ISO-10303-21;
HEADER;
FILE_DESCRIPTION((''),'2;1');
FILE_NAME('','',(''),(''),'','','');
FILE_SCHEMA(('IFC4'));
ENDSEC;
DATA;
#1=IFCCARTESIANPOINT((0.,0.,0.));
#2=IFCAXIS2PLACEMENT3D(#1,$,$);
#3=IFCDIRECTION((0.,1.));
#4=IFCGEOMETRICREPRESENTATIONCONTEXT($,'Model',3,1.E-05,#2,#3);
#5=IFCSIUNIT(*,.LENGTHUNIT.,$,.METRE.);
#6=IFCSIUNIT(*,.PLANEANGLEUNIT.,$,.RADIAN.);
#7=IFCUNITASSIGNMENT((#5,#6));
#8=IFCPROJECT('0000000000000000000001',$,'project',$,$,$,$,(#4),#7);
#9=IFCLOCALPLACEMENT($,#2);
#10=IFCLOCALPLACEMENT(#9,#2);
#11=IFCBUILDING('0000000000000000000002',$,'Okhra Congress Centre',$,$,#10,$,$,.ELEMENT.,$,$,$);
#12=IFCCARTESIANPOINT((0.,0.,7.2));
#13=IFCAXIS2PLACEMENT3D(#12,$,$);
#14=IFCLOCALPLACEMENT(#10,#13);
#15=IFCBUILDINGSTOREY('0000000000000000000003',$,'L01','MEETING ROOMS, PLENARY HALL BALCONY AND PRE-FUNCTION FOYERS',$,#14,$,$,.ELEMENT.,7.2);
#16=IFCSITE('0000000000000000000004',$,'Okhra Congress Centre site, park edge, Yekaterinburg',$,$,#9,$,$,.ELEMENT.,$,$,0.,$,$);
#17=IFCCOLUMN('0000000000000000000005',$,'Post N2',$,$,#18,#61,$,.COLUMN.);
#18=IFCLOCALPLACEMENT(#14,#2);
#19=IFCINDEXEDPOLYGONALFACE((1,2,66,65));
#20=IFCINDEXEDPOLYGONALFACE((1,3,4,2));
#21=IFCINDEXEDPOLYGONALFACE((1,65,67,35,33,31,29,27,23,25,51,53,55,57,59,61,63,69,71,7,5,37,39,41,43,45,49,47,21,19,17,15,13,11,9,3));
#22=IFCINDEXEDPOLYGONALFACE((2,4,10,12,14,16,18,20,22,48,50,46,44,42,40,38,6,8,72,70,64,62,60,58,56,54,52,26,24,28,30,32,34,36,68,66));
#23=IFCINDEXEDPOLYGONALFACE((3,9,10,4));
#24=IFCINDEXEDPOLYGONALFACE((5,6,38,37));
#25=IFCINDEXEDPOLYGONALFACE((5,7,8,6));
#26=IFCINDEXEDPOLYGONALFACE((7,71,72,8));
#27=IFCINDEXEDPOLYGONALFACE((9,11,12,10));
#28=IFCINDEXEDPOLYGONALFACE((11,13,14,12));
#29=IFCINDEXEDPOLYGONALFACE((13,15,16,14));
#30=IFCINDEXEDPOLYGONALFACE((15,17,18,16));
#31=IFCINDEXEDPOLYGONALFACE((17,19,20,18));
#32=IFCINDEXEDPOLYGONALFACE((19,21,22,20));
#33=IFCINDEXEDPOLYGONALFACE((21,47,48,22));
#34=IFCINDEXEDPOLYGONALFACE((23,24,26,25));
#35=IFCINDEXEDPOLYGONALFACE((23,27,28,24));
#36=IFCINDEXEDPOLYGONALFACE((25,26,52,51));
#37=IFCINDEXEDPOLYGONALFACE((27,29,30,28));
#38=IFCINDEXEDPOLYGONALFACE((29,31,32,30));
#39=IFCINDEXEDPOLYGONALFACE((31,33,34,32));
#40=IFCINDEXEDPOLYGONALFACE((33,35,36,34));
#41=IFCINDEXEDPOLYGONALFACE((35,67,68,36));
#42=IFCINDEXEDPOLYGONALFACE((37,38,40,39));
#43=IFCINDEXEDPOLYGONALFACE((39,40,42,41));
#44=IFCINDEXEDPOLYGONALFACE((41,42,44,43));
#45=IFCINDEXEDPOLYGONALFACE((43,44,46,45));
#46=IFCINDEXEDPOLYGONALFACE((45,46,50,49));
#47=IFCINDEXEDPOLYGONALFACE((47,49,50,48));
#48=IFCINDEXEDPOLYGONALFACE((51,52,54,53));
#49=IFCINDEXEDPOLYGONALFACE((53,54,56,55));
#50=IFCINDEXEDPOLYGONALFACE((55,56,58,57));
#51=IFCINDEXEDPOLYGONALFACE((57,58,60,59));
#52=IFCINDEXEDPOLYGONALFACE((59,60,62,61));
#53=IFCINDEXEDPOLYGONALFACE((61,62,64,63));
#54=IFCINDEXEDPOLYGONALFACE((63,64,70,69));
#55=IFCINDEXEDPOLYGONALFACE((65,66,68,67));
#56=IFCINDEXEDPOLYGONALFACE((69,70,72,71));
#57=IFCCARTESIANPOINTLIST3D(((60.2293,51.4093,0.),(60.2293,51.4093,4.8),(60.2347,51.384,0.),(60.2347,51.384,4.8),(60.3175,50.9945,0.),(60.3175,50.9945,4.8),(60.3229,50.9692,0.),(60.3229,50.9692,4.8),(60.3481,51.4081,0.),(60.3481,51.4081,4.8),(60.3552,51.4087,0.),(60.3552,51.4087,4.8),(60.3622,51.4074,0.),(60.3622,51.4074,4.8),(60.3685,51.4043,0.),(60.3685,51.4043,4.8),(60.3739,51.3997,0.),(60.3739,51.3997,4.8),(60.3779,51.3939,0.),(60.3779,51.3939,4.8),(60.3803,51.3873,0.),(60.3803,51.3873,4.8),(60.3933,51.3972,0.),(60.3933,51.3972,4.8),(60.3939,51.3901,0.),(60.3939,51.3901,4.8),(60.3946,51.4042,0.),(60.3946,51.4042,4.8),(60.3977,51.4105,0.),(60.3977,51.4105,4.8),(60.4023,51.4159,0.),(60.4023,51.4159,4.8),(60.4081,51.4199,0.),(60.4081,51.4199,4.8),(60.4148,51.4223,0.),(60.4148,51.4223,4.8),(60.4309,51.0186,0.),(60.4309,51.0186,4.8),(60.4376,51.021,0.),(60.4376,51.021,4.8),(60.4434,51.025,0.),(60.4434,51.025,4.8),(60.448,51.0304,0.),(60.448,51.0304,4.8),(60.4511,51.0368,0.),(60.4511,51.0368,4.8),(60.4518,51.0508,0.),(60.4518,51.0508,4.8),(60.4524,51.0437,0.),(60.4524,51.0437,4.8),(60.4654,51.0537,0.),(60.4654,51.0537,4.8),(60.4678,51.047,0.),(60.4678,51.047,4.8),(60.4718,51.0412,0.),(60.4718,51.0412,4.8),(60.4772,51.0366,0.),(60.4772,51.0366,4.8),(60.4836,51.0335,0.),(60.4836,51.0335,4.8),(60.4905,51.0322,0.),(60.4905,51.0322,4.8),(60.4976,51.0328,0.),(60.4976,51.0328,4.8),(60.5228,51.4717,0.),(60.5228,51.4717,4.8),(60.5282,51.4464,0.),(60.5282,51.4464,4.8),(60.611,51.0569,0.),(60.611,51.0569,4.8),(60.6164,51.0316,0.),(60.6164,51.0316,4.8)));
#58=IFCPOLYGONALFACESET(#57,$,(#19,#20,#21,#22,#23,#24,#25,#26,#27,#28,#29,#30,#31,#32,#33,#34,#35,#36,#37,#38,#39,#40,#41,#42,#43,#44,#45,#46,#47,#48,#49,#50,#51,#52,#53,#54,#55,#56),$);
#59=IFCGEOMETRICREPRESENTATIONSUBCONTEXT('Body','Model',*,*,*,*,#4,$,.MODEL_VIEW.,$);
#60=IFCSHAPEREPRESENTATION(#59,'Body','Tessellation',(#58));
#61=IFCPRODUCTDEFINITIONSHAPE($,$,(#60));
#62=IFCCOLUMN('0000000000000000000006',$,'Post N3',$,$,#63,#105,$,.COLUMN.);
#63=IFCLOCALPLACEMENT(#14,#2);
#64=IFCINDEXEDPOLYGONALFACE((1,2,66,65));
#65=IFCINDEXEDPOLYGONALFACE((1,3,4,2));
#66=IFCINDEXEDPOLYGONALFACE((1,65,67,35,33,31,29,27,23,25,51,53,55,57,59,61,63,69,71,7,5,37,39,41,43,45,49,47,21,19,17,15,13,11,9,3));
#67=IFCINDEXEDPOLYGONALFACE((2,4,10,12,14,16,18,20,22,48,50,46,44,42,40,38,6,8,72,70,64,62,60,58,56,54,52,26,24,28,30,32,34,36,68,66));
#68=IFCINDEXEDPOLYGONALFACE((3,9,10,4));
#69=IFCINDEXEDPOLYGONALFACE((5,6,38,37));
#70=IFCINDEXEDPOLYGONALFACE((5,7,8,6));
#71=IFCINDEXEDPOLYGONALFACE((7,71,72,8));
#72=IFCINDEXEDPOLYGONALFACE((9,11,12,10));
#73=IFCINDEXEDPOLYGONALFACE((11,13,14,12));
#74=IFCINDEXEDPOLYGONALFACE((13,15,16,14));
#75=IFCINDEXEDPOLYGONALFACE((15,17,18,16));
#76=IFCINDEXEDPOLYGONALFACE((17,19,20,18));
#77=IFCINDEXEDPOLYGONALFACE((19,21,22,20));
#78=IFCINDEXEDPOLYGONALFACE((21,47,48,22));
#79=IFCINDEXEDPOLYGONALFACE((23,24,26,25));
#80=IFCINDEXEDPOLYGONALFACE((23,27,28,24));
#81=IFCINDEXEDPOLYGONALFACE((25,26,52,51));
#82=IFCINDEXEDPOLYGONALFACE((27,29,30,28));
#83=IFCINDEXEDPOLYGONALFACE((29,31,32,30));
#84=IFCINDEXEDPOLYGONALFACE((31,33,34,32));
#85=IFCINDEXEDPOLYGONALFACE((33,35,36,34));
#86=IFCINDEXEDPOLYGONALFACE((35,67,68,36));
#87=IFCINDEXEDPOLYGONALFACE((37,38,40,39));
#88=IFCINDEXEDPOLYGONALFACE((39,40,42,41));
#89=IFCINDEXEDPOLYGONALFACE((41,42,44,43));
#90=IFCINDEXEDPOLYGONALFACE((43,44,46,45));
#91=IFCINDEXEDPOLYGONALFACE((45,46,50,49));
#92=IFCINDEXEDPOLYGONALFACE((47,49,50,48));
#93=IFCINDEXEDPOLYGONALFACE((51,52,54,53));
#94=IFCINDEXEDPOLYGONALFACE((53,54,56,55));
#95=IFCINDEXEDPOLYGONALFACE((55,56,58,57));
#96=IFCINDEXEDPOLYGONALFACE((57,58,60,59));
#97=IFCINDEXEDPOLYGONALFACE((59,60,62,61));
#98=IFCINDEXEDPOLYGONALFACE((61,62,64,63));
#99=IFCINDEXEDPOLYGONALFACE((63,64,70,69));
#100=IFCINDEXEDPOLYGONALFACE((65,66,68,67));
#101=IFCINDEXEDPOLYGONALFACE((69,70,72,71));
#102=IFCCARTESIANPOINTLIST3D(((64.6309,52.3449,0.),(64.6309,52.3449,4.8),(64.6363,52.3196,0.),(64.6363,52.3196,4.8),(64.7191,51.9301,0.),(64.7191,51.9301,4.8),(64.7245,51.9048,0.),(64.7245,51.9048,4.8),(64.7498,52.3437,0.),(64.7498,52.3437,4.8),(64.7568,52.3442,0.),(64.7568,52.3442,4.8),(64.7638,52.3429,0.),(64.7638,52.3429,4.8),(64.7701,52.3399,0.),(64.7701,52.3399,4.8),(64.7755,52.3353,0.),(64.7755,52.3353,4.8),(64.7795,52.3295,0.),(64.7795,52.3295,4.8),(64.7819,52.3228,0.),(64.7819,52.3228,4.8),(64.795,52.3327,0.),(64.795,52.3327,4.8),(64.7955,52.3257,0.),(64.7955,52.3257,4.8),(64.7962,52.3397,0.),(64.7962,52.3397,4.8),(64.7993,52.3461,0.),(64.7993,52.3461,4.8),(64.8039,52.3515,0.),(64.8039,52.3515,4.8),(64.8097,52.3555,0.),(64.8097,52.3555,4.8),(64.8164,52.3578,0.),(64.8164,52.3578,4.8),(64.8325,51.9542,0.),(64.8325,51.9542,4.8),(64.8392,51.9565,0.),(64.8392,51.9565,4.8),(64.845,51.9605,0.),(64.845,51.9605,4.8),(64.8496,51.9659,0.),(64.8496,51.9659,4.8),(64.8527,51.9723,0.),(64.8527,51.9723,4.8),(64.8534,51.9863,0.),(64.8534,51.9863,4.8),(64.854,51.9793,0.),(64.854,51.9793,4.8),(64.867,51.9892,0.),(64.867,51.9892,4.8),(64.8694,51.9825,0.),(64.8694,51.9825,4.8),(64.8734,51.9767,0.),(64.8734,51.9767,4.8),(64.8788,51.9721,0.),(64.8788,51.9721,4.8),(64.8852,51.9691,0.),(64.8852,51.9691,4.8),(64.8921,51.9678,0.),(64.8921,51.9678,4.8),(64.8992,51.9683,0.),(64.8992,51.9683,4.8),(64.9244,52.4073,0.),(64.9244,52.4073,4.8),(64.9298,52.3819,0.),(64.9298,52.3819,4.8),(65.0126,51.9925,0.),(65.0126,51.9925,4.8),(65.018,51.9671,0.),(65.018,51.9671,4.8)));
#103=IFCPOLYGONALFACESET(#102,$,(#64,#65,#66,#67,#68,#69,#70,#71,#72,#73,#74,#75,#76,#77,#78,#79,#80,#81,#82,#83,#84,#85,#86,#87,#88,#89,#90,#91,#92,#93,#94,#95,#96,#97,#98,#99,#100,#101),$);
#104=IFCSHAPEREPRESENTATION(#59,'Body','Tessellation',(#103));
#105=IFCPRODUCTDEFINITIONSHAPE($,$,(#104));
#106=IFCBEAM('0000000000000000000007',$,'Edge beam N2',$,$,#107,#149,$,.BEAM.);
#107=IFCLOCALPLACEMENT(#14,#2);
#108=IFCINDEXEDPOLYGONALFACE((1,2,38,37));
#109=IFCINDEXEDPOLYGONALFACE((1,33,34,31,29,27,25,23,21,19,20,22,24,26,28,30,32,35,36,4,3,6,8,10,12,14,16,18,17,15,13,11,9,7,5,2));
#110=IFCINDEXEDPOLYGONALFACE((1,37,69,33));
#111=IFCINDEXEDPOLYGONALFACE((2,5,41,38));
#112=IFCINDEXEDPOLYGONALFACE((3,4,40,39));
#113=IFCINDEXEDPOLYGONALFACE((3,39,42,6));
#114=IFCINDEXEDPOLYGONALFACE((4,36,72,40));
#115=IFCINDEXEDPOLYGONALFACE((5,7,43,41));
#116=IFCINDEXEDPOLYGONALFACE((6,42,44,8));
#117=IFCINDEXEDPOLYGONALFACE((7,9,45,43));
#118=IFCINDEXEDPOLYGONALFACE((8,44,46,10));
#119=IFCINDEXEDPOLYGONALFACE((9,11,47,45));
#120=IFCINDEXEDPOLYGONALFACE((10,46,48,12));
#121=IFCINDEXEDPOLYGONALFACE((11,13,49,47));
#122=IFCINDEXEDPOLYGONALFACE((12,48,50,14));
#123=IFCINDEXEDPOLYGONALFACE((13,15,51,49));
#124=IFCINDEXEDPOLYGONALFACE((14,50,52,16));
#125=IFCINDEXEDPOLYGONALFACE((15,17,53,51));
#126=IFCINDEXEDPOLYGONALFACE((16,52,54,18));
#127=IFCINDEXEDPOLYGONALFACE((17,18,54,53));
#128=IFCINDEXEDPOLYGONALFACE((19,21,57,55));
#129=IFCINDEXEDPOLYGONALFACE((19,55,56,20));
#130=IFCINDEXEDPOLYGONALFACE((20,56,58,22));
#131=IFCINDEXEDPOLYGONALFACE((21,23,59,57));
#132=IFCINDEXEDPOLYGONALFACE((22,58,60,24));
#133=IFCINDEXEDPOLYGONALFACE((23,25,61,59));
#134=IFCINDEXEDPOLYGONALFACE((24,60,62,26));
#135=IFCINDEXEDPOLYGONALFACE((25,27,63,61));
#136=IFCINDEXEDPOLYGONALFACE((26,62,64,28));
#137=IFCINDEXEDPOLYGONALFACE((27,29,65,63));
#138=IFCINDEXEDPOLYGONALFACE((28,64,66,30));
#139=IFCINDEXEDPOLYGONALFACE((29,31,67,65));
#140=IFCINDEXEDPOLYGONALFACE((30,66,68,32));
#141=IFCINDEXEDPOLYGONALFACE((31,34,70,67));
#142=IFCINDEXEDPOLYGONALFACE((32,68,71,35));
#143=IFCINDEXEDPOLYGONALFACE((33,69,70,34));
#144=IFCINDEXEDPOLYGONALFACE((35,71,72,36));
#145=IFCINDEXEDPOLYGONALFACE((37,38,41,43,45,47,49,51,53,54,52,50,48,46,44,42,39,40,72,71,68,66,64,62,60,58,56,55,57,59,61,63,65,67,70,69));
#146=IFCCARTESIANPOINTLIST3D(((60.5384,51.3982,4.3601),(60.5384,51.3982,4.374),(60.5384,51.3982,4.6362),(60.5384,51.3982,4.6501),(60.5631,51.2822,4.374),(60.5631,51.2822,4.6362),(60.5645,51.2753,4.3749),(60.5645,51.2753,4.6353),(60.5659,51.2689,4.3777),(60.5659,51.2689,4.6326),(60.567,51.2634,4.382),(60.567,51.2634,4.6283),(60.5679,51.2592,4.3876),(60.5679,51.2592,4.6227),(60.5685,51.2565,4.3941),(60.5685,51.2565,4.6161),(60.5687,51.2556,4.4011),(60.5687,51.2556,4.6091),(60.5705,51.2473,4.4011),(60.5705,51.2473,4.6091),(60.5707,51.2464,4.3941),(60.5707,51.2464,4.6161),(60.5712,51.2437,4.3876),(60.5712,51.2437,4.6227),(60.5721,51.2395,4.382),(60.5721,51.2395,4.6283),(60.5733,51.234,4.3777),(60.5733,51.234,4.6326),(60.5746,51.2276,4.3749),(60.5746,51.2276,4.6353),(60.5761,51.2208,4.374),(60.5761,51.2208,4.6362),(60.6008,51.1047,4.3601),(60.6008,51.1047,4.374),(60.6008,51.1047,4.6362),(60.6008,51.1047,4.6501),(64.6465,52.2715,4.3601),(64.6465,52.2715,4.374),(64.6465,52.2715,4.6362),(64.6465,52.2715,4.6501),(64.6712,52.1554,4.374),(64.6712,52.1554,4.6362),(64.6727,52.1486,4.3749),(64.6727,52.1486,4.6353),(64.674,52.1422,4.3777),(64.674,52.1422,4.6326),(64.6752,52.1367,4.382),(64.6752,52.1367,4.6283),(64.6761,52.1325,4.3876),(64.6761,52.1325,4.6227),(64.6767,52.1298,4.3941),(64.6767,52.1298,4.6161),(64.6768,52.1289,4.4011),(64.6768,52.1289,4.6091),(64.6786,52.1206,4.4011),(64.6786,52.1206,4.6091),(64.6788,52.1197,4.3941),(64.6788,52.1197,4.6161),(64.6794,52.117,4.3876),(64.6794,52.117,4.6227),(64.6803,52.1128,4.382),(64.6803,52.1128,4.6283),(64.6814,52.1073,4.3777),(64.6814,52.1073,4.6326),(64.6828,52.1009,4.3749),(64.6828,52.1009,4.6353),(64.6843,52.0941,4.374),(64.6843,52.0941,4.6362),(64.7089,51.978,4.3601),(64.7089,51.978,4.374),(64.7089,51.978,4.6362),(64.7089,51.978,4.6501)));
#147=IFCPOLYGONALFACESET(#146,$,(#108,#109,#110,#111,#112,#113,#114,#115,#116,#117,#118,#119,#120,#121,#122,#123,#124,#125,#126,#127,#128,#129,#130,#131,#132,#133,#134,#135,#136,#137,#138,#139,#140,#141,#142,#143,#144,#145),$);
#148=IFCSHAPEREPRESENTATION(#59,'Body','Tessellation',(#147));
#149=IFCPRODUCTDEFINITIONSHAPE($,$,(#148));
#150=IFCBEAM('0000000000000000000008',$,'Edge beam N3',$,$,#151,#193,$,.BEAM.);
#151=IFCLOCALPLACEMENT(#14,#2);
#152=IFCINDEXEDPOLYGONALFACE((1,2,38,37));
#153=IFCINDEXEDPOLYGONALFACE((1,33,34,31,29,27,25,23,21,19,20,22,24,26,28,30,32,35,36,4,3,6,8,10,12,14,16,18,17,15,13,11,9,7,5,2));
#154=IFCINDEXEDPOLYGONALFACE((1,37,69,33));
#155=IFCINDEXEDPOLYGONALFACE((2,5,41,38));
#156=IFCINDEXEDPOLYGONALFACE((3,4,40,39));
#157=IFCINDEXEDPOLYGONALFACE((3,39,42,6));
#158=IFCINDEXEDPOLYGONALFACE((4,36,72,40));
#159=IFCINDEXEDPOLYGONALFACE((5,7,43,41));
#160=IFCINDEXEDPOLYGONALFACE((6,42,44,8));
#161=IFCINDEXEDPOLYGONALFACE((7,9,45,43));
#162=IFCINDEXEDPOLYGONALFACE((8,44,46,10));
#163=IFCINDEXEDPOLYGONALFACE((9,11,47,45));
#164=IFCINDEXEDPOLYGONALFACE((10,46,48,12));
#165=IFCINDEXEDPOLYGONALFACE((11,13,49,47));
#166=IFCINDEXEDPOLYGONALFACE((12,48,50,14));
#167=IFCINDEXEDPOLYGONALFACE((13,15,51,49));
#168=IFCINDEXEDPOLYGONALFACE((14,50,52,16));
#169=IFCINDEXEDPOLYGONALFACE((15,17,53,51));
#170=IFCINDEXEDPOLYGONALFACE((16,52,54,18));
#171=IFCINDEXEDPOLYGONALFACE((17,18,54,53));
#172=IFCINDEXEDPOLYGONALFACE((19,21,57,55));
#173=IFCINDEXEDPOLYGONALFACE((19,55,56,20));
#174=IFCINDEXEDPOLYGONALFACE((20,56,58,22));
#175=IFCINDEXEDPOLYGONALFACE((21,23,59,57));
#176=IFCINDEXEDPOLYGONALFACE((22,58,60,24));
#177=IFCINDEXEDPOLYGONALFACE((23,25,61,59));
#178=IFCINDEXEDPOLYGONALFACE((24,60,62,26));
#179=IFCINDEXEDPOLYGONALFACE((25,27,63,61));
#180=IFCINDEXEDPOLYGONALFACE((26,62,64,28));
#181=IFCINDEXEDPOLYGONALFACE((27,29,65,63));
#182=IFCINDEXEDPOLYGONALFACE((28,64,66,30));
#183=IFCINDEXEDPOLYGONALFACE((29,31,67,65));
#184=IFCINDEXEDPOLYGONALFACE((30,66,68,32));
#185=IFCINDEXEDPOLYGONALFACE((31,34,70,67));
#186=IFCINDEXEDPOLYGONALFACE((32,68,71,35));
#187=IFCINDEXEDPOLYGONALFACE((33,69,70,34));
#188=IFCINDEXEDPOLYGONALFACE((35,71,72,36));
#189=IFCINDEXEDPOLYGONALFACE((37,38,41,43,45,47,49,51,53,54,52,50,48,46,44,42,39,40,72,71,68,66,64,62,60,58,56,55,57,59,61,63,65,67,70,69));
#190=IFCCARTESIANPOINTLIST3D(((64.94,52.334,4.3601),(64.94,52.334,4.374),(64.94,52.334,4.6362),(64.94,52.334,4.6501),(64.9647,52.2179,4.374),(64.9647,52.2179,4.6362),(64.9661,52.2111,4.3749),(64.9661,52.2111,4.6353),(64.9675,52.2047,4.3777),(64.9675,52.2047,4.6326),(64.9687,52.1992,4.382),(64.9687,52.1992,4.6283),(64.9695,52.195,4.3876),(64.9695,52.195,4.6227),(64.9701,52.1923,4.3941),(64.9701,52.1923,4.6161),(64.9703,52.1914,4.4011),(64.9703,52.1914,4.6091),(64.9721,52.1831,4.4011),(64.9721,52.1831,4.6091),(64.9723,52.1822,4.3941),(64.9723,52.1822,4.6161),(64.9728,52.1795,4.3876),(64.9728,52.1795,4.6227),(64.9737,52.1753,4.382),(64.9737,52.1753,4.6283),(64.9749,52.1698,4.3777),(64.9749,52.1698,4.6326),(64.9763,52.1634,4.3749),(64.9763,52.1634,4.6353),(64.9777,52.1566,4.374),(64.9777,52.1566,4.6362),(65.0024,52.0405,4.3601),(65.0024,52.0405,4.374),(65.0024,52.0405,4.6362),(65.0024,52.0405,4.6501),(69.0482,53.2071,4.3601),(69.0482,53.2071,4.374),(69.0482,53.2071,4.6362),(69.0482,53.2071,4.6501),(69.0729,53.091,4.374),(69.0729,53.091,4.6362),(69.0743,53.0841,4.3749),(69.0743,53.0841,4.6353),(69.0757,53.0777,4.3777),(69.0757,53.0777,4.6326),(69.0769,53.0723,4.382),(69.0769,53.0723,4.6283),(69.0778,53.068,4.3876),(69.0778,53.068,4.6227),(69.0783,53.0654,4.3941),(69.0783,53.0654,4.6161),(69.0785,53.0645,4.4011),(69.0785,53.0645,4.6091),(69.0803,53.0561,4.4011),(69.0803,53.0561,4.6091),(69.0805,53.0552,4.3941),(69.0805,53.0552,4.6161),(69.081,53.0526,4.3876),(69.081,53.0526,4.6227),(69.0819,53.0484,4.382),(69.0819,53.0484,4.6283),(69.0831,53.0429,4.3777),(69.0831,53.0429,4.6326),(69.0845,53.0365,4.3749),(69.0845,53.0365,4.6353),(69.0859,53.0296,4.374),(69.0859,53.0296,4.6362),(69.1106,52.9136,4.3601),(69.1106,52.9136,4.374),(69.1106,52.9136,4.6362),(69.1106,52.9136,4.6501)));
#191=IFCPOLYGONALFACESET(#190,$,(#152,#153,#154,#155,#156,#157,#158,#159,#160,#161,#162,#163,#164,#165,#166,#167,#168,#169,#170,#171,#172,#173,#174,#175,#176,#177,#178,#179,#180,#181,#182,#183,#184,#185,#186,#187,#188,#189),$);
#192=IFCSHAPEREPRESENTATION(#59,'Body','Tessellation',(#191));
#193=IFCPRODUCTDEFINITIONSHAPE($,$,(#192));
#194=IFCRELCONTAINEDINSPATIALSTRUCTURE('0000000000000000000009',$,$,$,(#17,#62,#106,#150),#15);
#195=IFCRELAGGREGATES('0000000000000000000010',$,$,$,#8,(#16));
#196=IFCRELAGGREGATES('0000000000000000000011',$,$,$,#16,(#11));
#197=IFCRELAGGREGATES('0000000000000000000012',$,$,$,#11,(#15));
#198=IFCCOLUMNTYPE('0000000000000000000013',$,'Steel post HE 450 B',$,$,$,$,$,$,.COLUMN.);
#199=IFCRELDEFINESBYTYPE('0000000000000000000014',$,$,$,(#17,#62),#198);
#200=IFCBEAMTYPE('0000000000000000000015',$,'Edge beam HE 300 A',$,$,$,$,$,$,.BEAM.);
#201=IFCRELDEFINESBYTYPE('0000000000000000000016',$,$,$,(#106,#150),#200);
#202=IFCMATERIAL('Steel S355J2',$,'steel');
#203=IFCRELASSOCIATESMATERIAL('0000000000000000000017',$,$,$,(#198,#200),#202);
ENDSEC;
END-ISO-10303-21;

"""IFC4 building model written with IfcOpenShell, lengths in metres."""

from ifc_helpers import new_model, si_unit, direction, frame, origin, origin_2d, place, context, subcontext, project, spatial, i_section, extrude, material, material_profile, profile_set, type_object, element, save


model = new_model("IFC4")

# Units and contexts
model_context = context("Model", 3, precision=1e-05, world=origin(), true_north=direction((0.0, 1.0)))
body_context = subcontext(model_context, "Body", "Model", "MODEL_VIEW")
ifc_project = project(units=[si_unit("LENGTHUNIT", "METRE"), si_unit("PLANEANGLEUNIT", "RADIAN")], contexts=[model_context])

# Site, building, storey
site_placement = place(None, origin())
site = spatial("IfcSite", under=ifc_project, at=site_placement, Name="Okhra Congress Centre site, park edge, Yekaterinburg", CompositionType="ELEMENT", RefElevation=0.0)
building_placement = place(site_placement, origin())
building = spatial("IfcBuilding", under=site, at=building_placement, Name="Okhra Congress Centre", CompositionType="ELEMENT")
storey_placement = place(building_placement, frame((0.0, 0.0, 7.2)))
storey = spatial("IfcBuildingStorey", under=building, at=storey_placement, Name="L01", Description="MEETING ROOMS, PLENARY HALL BALCONY AND PRE-FUNCTION FOYERS", CompositionType="ELEMENT", Elevation=7.2)

# Columns
ifc_material_1 = material(Name="Steel S355J2", Category="steel")
ifc_material_profile_1 = material_profile(ifc_material_1, i_section(OverallWidth=0.3, OverallDepth=0.45, WebThickness=0.0139, FlangeThickness=0.0259, FilletRadius=0.0271, at=origin_2d()), Name="HE 450 B")
ifc_profile_set_1 = profile_set([ifc_material_profile_1], Name="Steel S355J2")
column_type = type_object("IfcColumnType", Name="Steel post HE 450 B", PredefinedType="COLUMN", material=ifc_profile_set_1)
for number, where, z_axis, x_axis, name in (
    (1, (60.4229, 51.2205, 0.0), (0.0, 0.0, 1.0), (0.978148, 0.207912, 0.0), "Post N2"),
    (2, (64.8245, 52.156, 0.0), (0.0, 0.0, 1.0), (0.978148, 0.207912, 0.0), "Post N3"),
):
    element("IfcColumn", number, at=place(storey_placement, frame(where, z_axis=z_axis, x_axis=x_axis)), inside=storey, type_object=column_type, Name=name, PredefinedType="COLUMN", context=body_context, shape_type="SweptSolid", body=[
        extrude(i_section(OverallWidth=0.3, OverallDepth=0.45, WebThickness=0.0139, FlangeThickness=0.0259, FilletRadius=0.0271, at=origin_2d()), origin(), (0.0, 0.0, 1.0), 4.8),
    ])

# Beams
ifc_material_profile_2 = material_profile(ifc_material_1, i_section(OverallWidth=0.3, OverallDepth=0.29, WebThickness=0.0085, FlangeThickness=0.0139, FilletRadius=0.0271, at=origin_2d()), Name="HE 300 A")
ifc_profile_set_2 = profile_set([ifc_material_profile_2], Name="Steel S355J2")
beam_type = type_object("IfcBeamType", Name="Edge beam HE 300 A", PredefinedType="BEAM", material=ifc_profile_set_2)
for number, where, z_axis, x_axis, name in (
    (3, (60.5696, 51.2515, 4.5051), (0.978144, 0.207929, 0.0), (-0.207929, 0.978144, 0.0), "Edge beam N2"),
    (4, (64.9712, 52.1873, 4.5051), (0.978156, 0.207873, 0.0), (-0.207873, 0.978156, 0.0), "Edge beam N3"),
):
    element("IfcBeam", number, at=place(storey_placement, frame(where, z_axis=z_axis, x_axis=x_axis)), inside=storey, type_object=beam_type, Name=name, PredefinedType="BEAM", context=body_context, shape_type="SweptSolid", body=[
        extrude(i_section(OverallWidth=0.3, OverallDepth=0.29, WebThickness=0.0085, FlangeThickness=0.0139, FilletRadius=0.0271, at=origin_2d()), origin(), (0.0, 0.0, 1.0), 4.2),
    ])

save(model, "model.ifc")
